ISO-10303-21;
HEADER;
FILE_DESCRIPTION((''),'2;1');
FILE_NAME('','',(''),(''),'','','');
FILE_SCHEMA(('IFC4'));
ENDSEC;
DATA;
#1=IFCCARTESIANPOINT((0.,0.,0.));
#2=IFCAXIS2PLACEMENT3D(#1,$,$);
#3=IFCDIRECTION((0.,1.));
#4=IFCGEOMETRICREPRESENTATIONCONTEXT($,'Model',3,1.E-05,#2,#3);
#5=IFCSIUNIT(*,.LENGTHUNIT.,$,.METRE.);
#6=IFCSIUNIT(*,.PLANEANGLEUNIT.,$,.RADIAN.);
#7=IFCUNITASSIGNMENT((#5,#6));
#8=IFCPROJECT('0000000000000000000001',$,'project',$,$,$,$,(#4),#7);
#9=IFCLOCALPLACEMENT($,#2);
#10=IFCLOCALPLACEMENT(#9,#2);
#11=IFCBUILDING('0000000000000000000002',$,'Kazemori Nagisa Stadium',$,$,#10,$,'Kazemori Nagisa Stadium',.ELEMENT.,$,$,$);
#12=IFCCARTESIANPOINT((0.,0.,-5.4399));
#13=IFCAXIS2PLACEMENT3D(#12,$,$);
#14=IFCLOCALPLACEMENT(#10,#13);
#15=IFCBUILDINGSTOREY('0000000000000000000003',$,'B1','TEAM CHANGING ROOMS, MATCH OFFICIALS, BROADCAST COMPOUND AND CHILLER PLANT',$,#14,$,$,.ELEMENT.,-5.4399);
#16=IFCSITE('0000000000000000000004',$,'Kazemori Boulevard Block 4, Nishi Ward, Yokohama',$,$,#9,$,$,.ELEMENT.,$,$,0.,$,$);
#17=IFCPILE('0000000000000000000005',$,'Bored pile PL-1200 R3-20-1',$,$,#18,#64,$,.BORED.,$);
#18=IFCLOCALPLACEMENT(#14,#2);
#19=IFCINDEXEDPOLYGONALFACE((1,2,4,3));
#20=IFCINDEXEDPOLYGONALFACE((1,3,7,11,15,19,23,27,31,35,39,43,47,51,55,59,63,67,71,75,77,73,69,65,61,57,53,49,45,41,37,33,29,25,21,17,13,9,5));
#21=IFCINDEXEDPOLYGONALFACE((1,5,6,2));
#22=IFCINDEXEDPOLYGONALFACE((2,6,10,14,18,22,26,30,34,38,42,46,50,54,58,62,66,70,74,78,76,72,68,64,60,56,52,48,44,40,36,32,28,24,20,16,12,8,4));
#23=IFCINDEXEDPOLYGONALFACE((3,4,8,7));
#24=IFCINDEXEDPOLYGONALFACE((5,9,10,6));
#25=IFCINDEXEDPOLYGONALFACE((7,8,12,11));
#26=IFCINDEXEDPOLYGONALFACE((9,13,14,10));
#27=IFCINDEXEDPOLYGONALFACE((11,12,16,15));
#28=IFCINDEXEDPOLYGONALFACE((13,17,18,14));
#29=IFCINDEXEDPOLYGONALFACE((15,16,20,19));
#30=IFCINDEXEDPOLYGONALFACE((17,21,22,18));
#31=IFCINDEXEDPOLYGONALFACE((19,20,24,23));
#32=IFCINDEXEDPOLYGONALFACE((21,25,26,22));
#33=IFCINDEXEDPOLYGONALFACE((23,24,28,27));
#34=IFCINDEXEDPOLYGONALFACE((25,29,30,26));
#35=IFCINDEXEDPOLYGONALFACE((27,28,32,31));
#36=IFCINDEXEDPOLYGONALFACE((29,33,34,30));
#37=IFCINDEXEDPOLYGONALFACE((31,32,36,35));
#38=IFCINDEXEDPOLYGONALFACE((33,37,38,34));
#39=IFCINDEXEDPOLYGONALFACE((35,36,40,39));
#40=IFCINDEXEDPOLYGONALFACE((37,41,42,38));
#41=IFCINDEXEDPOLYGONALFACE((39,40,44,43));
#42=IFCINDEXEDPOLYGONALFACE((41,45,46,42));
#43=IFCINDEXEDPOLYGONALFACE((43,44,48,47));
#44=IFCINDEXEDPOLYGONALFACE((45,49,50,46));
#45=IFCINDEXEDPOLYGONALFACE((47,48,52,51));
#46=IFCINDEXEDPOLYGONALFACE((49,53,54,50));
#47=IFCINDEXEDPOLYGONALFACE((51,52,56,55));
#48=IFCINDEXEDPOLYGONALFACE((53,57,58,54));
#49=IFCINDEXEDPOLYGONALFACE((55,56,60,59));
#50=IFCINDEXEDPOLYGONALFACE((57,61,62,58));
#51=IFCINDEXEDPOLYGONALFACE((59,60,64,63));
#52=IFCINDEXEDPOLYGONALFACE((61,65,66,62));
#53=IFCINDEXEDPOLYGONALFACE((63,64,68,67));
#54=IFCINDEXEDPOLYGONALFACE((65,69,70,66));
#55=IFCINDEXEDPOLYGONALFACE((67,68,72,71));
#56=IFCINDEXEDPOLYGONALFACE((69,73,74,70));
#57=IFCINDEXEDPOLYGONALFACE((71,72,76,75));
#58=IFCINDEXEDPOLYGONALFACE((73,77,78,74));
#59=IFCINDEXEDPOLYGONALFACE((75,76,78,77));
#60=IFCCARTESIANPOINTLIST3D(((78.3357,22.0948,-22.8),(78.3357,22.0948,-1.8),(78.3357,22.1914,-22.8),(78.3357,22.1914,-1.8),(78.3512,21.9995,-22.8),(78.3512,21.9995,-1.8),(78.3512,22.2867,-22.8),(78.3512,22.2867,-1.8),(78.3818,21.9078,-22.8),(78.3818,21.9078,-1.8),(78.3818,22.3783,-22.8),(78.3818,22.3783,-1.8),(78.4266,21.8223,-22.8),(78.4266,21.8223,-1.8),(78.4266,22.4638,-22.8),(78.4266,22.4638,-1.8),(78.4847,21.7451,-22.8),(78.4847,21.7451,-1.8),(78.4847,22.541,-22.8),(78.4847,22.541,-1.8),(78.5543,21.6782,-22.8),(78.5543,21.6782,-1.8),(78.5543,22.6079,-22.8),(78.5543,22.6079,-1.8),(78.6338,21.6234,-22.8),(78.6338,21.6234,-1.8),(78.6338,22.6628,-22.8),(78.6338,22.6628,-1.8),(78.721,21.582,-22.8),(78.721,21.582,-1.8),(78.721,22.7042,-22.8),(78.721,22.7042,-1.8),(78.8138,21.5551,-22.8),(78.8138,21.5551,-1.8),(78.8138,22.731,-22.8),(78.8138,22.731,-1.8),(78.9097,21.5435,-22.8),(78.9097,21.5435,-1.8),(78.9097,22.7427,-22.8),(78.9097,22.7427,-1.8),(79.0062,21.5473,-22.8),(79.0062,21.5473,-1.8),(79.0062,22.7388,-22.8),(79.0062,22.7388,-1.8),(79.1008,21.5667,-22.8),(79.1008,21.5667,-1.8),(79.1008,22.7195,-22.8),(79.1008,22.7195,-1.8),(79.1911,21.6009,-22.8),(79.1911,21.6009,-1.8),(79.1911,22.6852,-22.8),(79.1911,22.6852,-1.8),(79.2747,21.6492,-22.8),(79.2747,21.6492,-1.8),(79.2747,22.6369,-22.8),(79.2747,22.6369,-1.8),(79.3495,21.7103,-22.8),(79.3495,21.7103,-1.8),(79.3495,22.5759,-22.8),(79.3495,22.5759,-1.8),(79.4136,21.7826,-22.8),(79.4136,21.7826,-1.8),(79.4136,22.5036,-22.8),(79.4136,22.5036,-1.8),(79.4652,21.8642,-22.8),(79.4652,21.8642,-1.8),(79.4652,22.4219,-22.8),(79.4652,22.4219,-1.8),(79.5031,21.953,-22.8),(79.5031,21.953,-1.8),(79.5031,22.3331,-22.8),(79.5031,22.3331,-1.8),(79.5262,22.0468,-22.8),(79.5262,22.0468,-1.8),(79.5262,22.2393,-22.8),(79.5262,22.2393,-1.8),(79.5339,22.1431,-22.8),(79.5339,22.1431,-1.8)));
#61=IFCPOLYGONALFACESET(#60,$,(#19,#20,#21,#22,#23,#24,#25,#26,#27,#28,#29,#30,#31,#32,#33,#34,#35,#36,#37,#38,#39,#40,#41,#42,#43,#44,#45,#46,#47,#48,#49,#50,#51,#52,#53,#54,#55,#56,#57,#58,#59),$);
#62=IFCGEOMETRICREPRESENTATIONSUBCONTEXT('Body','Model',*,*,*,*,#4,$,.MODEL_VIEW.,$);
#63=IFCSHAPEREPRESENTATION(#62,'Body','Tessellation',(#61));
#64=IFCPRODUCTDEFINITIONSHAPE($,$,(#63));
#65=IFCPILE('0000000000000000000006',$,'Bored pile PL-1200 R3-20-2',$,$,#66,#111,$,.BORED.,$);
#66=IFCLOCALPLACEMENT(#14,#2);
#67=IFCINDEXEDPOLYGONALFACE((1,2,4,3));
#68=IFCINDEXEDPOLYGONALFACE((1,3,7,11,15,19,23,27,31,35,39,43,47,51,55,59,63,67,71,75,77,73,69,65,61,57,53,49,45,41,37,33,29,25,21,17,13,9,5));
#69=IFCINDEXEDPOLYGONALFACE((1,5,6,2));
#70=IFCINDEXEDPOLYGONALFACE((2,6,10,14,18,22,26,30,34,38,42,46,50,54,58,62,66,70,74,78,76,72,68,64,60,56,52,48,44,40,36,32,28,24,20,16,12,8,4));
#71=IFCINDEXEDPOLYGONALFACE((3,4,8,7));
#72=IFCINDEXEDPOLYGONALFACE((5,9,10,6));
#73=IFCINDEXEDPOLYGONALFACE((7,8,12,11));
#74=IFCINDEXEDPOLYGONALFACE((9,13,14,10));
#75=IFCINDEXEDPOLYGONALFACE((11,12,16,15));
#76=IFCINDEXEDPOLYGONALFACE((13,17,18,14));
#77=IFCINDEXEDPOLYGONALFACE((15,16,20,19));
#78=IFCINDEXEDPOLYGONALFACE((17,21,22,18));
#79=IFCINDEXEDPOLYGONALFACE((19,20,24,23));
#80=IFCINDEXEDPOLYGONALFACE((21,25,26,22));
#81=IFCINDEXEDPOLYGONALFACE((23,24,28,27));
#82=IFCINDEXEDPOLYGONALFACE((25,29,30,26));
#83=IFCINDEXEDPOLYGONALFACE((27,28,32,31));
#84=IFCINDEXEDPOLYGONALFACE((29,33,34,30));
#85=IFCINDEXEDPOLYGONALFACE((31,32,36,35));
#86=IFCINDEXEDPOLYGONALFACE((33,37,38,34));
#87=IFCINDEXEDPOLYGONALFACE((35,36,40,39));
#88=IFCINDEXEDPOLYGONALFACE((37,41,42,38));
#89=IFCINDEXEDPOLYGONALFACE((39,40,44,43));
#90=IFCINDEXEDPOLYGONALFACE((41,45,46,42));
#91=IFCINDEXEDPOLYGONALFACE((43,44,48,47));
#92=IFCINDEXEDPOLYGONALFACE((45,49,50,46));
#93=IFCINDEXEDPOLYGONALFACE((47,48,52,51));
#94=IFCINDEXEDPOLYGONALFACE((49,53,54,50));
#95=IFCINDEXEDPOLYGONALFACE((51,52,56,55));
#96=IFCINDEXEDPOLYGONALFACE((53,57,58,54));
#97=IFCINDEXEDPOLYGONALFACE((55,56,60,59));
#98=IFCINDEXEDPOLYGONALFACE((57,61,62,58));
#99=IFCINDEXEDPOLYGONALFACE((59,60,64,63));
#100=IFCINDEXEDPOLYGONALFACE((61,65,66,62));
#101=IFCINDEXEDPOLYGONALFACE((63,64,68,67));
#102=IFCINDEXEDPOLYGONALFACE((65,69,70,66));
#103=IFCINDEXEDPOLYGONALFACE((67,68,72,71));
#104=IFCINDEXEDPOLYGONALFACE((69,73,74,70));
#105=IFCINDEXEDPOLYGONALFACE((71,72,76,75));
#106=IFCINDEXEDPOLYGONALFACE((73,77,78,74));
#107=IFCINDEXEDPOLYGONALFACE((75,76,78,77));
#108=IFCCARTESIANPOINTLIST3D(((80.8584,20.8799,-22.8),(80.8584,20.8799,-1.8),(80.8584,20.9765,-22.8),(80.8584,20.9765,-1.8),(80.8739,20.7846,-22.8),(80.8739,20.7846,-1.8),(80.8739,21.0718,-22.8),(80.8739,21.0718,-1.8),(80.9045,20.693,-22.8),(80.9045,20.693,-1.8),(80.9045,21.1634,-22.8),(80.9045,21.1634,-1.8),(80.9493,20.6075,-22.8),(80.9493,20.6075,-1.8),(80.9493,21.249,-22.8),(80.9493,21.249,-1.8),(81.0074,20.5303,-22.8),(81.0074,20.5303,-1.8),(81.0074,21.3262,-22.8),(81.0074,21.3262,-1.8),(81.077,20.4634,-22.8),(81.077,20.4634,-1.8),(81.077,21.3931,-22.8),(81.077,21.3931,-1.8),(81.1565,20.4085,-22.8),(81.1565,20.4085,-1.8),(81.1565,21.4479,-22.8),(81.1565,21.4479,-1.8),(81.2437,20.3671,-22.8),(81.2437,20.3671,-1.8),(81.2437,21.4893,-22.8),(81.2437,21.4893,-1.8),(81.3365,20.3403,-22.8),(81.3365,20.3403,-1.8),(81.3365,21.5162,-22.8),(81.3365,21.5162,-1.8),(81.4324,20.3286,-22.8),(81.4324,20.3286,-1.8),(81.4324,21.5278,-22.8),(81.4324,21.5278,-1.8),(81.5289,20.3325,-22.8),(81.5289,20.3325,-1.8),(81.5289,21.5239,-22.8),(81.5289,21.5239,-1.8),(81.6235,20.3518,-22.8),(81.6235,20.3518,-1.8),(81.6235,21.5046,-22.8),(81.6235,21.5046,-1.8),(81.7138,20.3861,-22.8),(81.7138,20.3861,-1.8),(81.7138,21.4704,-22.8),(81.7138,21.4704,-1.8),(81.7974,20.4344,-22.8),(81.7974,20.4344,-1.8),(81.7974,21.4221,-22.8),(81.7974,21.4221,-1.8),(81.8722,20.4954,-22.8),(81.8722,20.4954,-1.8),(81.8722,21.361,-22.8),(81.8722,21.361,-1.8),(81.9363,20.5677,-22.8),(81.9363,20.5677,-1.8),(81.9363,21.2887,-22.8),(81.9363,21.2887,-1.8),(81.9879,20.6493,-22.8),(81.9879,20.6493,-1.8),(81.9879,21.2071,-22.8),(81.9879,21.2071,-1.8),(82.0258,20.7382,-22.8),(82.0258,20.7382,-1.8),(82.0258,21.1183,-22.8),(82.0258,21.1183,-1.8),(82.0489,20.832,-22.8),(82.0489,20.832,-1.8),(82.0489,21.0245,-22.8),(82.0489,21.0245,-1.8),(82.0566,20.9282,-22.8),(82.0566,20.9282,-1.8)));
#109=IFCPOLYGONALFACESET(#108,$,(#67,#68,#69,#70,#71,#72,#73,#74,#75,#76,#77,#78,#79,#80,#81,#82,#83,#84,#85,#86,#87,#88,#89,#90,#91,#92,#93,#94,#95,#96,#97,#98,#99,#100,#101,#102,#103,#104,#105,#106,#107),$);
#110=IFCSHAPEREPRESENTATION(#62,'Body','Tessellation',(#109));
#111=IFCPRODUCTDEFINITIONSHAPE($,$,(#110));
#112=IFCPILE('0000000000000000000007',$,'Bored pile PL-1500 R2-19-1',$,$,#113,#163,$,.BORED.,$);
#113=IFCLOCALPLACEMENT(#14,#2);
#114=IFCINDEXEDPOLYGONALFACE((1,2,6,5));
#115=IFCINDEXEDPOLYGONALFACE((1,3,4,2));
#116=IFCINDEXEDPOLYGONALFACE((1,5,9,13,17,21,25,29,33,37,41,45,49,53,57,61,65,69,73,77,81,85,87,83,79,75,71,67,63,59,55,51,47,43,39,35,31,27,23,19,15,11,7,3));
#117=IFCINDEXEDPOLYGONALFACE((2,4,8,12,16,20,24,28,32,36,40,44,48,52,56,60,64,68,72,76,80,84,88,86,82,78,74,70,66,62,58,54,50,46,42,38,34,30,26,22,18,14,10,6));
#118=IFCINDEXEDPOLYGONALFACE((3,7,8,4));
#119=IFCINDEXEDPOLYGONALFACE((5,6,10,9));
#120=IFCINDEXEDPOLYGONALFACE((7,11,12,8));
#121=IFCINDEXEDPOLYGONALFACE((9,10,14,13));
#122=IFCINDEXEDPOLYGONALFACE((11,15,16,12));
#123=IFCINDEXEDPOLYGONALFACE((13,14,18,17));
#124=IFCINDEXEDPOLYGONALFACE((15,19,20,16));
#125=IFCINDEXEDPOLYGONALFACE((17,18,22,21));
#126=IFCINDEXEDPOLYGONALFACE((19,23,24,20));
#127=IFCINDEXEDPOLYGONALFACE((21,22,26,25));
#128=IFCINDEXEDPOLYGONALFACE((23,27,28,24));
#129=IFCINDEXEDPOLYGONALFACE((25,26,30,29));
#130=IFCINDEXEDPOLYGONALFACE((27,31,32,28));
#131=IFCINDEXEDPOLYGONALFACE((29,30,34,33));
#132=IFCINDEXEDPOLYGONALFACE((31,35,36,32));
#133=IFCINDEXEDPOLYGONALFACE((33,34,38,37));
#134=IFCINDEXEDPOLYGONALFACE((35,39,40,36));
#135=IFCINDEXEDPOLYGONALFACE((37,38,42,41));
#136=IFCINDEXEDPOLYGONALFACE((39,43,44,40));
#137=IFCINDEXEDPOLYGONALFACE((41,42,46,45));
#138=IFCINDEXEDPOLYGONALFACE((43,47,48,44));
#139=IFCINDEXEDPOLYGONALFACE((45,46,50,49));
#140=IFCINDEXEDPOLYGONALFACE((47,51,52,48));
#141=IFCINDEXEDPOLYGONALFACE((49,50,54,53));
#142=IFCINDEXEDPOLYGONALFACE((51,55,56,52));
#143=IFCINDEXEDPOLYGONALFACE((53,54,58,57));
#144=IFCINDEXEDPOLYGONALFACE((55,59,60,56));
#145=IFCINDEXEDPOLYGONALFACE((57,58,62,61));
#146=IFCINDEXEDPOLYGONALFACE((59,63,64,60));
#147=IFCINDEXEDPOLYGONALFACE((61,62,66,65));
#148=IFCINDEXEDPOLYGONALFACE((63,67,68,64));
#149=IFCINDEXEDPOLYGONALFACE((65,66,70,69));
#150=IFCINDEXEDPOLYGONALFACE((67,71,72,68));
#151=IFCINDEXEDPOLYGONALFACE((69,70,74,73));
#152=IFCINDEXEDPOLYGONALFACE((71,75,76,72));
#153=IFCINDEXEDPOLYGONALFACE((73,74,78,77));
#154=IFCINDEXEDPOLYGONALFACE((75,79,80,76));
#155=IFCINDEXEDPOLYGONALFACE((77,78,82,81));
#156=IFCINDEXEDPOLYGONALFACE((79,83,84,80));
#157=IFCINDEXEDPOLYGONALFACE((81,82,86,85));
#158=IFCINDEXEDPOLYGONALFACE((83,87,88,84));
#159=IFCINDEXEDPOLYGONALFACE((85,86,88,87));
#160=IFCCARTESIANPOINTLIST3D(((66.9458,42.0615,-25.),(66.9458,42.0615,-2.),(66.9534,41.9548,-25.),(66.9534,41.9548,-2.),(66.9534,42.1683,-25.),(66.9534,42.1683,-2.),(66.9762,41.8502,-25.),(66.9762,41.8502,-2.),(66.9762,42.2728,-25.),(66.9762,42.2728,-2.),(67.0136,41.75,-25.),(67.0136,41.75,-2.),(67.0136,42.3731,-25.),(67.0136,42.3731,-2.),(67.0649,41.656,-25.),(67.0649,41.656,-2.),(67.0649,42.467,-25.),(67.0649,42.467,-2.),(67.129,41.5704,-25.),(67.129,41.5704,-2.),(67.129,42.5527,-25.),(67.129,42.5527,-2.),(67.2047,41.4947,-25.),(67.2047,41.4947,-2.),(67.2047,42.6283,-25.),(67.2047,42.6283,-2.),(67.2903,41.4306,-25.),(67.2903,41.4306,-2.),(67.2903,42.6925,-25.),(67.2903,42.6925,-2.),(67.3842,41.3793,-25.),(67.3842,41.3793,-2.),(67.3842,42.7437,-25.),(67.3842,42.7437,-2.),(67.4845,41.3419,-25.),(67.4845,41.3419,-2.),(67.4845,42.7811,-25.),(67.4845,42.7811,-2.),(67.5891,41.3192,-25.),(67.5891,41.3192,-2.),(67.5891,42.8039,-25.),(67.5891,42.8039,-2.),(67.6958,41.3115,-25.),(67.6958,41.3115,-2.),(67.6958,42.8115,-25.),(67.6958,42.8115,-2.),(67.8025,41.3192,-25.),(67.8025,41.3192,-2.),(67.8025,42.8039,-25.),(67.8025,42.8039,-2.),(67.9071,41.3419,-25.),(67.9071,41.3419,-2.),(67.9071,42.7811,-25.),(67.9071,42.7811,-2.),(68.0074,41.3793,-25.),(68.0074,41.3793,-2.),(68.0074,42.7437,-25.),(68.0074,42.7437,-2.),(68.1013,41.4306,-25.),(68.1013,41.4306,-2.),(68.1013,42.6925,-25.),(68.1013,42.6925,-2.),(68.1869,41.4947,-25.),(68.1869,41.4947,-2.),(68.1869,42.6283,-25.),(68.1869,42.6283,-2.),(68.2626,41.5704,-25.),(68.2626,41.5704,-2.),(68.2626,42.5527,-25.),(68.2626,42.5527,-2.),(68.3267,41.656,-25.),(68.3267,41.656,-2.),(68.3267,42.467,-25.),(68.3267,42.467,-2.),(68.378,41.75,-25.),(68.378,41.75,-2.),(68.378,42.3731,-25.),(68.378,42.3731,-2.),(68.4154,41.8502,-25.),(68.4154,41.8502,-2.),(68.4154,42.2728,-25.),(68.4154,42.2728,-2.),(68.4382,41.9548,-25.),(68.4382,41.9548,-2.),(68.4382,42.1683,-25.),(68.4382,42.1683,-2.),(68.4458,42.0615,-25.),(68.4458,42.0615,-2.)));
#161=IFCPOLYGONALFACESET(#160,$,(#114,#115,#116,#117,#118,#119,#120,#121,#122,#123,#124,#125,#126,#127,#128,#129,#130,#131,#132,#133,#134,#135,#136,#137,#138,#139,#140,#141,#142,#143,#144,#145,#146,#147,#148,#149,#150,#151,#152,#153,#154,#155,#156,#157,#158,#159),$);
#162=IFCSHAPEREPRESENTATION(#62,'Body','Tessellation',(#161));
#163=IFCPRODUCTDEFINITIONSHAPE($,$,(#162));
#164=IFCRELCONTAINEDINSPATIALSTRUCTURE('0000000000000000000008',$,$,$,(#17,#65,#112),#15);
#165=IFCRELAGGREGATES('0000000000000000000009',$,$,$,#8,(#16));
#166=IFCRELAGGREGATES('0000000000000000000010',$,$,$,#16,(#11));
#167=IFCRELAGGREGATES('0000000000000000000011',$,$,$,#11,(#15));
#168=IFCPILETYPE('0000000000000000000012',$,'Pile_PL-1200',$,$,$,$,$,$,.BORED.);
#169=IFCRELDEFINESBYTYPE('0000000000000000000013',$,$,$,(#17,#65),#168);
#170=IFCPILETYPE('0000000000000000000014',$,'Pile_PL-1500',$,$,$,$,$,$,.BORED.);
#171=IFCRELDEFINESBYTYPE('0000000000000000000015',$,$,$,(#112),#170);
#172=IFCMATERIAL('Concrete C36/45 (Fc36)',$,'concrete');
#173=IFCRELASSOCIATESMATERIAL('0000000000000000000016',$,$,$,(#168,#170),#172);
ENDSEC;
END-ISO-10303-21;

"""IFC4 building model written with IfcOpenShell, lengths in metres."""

from ifc_helpers import new_model, si_unit, direction, frame, origin, origin_2d, place, context, subcontext, project, spatial, circle, extrude, material, material_profile, profile_set, type_object, element, save


model = new_model("IFC4")

# Units and contexts
model_context = context("Model", 3, precision=1e-05, world=origin(), true_north=direction((0.0, 1.0)))
body_context = subcontext(model_context, "Body", "Model", "MODEL_VIEW")
ifc_project = project(units=[si_unit("LENGTHUNIT", "METRE"), si_unit("PLANEANGLEUNIT", "RADIAN")], contexts=[model_context])

# Site, building, storey
site_placement = place(None, origin())
site = spatial("IfcSite", under=ifc_project, at=site_placement, Name="Kazemori Boulevard Block 4, Nishi Ward, Yokohama", CompositionType="ELEMENT", RefElevation=0.0)
building_placement = place(site_placement, origin())
building = spatial("IfcBuilding", under=site, at=building_placement, Name="Kazemori Nagisa Stadium", LongName="Kazemori Nagisa Stadium", CompositionType="ELEMENT")
storey_placement = place(building_placement, frame((0.0, 0.0, -5.4399)))
storey = spatial("IfcBuildingStorey", under=building, at=storey_placement, Name="B1", Description="TEAM CHANGING ROOMS, MATCH OFFICIALS, BROADCAST COMPOUND AND CHILLER PLANT", CompositionType="ELEMENT", Elevation=-5.4399)

# Piles
ifc_material_1 = material(Name="Concrete C36/45 (Fc36)", Category="concrete")
ifc_material_profile_1 = material_profile(ifc_material_1, circle(Radius=0.6001, at=origin_2d()), Name="PILE-D1200")
ifc_profile_set_1 = profile_set([ifc_material_profile_1], Name="Concrete C36/45 (Fc36)")
pile_type_1 = type_object("IfcPileType", Name="Pile_PL-1200", PredefinedType="BORED", material=ifc_profile_set_1)
for number, where, z_axis, x_axis, name in (
    (1, (78.9338, 22.1431, -1.8), (0.0, 0.0, -1.0), (1.0, 0.0, 0.0), "Bored pile PL-1200 R3-20-1"),
    (2, (81.4565, 20.9282, -1.8), (0.0, 0.0, -1.0), (1.0, 0.0, 0.0), "Bored pile PL-1200 R3-20-2"),
):
    element("IfcPile", number, at=place(storey_placement, frame(where, z_axis=z_axis, x_axis=x_axis)), inside=storey, type_object=pile_type_1, Name=name, PredefinedType="BORED", context=body_context, shape_type="SweptSolid", body=[
        extrude(circle(Radius=0.6001, at=origin_2d()), origin(), (0.0, 0.0, 1.0), 21.0),
    ])
ifc_material_profile_2 = material_profile(ifc_material_1, circle(Radius=0.75, at=origin_2d()), Name="PILE-D1500")
ifc_profile_set_2 = profile_set([ifc_material_profile_2], Name="Concrete C36/45 (Fc36)")
pile_type_2 = type_object("IfcPileType", Name="Pile_PL-1500", PredefinedType="BORED", material=ifc_profile_set_2)
for number, where, z_axis, x_axis, name in (
    (3, (67.6958, 42.0615, -2.0), (0.0, 0.0, -1.0), (1.0, 0.0, 0.0), "Bored pile PL-1500 R2-19-1"),
):
    element("IfcPile", number, at=place(storey_placement, frame(where, z_axis=z_axis, x_axis=x_axis)), inside=storey, type_object=pile_type_2, Name=name, PredefinedType="BORED", context=body_context, shape_type="SweptSolid", body=[
        extrude(circle(Radius=0.75, at=origin_2d()), origin(), (0.0, 0.0, 1.0), 23.0),
    ])

save(model, "model.ifc")
